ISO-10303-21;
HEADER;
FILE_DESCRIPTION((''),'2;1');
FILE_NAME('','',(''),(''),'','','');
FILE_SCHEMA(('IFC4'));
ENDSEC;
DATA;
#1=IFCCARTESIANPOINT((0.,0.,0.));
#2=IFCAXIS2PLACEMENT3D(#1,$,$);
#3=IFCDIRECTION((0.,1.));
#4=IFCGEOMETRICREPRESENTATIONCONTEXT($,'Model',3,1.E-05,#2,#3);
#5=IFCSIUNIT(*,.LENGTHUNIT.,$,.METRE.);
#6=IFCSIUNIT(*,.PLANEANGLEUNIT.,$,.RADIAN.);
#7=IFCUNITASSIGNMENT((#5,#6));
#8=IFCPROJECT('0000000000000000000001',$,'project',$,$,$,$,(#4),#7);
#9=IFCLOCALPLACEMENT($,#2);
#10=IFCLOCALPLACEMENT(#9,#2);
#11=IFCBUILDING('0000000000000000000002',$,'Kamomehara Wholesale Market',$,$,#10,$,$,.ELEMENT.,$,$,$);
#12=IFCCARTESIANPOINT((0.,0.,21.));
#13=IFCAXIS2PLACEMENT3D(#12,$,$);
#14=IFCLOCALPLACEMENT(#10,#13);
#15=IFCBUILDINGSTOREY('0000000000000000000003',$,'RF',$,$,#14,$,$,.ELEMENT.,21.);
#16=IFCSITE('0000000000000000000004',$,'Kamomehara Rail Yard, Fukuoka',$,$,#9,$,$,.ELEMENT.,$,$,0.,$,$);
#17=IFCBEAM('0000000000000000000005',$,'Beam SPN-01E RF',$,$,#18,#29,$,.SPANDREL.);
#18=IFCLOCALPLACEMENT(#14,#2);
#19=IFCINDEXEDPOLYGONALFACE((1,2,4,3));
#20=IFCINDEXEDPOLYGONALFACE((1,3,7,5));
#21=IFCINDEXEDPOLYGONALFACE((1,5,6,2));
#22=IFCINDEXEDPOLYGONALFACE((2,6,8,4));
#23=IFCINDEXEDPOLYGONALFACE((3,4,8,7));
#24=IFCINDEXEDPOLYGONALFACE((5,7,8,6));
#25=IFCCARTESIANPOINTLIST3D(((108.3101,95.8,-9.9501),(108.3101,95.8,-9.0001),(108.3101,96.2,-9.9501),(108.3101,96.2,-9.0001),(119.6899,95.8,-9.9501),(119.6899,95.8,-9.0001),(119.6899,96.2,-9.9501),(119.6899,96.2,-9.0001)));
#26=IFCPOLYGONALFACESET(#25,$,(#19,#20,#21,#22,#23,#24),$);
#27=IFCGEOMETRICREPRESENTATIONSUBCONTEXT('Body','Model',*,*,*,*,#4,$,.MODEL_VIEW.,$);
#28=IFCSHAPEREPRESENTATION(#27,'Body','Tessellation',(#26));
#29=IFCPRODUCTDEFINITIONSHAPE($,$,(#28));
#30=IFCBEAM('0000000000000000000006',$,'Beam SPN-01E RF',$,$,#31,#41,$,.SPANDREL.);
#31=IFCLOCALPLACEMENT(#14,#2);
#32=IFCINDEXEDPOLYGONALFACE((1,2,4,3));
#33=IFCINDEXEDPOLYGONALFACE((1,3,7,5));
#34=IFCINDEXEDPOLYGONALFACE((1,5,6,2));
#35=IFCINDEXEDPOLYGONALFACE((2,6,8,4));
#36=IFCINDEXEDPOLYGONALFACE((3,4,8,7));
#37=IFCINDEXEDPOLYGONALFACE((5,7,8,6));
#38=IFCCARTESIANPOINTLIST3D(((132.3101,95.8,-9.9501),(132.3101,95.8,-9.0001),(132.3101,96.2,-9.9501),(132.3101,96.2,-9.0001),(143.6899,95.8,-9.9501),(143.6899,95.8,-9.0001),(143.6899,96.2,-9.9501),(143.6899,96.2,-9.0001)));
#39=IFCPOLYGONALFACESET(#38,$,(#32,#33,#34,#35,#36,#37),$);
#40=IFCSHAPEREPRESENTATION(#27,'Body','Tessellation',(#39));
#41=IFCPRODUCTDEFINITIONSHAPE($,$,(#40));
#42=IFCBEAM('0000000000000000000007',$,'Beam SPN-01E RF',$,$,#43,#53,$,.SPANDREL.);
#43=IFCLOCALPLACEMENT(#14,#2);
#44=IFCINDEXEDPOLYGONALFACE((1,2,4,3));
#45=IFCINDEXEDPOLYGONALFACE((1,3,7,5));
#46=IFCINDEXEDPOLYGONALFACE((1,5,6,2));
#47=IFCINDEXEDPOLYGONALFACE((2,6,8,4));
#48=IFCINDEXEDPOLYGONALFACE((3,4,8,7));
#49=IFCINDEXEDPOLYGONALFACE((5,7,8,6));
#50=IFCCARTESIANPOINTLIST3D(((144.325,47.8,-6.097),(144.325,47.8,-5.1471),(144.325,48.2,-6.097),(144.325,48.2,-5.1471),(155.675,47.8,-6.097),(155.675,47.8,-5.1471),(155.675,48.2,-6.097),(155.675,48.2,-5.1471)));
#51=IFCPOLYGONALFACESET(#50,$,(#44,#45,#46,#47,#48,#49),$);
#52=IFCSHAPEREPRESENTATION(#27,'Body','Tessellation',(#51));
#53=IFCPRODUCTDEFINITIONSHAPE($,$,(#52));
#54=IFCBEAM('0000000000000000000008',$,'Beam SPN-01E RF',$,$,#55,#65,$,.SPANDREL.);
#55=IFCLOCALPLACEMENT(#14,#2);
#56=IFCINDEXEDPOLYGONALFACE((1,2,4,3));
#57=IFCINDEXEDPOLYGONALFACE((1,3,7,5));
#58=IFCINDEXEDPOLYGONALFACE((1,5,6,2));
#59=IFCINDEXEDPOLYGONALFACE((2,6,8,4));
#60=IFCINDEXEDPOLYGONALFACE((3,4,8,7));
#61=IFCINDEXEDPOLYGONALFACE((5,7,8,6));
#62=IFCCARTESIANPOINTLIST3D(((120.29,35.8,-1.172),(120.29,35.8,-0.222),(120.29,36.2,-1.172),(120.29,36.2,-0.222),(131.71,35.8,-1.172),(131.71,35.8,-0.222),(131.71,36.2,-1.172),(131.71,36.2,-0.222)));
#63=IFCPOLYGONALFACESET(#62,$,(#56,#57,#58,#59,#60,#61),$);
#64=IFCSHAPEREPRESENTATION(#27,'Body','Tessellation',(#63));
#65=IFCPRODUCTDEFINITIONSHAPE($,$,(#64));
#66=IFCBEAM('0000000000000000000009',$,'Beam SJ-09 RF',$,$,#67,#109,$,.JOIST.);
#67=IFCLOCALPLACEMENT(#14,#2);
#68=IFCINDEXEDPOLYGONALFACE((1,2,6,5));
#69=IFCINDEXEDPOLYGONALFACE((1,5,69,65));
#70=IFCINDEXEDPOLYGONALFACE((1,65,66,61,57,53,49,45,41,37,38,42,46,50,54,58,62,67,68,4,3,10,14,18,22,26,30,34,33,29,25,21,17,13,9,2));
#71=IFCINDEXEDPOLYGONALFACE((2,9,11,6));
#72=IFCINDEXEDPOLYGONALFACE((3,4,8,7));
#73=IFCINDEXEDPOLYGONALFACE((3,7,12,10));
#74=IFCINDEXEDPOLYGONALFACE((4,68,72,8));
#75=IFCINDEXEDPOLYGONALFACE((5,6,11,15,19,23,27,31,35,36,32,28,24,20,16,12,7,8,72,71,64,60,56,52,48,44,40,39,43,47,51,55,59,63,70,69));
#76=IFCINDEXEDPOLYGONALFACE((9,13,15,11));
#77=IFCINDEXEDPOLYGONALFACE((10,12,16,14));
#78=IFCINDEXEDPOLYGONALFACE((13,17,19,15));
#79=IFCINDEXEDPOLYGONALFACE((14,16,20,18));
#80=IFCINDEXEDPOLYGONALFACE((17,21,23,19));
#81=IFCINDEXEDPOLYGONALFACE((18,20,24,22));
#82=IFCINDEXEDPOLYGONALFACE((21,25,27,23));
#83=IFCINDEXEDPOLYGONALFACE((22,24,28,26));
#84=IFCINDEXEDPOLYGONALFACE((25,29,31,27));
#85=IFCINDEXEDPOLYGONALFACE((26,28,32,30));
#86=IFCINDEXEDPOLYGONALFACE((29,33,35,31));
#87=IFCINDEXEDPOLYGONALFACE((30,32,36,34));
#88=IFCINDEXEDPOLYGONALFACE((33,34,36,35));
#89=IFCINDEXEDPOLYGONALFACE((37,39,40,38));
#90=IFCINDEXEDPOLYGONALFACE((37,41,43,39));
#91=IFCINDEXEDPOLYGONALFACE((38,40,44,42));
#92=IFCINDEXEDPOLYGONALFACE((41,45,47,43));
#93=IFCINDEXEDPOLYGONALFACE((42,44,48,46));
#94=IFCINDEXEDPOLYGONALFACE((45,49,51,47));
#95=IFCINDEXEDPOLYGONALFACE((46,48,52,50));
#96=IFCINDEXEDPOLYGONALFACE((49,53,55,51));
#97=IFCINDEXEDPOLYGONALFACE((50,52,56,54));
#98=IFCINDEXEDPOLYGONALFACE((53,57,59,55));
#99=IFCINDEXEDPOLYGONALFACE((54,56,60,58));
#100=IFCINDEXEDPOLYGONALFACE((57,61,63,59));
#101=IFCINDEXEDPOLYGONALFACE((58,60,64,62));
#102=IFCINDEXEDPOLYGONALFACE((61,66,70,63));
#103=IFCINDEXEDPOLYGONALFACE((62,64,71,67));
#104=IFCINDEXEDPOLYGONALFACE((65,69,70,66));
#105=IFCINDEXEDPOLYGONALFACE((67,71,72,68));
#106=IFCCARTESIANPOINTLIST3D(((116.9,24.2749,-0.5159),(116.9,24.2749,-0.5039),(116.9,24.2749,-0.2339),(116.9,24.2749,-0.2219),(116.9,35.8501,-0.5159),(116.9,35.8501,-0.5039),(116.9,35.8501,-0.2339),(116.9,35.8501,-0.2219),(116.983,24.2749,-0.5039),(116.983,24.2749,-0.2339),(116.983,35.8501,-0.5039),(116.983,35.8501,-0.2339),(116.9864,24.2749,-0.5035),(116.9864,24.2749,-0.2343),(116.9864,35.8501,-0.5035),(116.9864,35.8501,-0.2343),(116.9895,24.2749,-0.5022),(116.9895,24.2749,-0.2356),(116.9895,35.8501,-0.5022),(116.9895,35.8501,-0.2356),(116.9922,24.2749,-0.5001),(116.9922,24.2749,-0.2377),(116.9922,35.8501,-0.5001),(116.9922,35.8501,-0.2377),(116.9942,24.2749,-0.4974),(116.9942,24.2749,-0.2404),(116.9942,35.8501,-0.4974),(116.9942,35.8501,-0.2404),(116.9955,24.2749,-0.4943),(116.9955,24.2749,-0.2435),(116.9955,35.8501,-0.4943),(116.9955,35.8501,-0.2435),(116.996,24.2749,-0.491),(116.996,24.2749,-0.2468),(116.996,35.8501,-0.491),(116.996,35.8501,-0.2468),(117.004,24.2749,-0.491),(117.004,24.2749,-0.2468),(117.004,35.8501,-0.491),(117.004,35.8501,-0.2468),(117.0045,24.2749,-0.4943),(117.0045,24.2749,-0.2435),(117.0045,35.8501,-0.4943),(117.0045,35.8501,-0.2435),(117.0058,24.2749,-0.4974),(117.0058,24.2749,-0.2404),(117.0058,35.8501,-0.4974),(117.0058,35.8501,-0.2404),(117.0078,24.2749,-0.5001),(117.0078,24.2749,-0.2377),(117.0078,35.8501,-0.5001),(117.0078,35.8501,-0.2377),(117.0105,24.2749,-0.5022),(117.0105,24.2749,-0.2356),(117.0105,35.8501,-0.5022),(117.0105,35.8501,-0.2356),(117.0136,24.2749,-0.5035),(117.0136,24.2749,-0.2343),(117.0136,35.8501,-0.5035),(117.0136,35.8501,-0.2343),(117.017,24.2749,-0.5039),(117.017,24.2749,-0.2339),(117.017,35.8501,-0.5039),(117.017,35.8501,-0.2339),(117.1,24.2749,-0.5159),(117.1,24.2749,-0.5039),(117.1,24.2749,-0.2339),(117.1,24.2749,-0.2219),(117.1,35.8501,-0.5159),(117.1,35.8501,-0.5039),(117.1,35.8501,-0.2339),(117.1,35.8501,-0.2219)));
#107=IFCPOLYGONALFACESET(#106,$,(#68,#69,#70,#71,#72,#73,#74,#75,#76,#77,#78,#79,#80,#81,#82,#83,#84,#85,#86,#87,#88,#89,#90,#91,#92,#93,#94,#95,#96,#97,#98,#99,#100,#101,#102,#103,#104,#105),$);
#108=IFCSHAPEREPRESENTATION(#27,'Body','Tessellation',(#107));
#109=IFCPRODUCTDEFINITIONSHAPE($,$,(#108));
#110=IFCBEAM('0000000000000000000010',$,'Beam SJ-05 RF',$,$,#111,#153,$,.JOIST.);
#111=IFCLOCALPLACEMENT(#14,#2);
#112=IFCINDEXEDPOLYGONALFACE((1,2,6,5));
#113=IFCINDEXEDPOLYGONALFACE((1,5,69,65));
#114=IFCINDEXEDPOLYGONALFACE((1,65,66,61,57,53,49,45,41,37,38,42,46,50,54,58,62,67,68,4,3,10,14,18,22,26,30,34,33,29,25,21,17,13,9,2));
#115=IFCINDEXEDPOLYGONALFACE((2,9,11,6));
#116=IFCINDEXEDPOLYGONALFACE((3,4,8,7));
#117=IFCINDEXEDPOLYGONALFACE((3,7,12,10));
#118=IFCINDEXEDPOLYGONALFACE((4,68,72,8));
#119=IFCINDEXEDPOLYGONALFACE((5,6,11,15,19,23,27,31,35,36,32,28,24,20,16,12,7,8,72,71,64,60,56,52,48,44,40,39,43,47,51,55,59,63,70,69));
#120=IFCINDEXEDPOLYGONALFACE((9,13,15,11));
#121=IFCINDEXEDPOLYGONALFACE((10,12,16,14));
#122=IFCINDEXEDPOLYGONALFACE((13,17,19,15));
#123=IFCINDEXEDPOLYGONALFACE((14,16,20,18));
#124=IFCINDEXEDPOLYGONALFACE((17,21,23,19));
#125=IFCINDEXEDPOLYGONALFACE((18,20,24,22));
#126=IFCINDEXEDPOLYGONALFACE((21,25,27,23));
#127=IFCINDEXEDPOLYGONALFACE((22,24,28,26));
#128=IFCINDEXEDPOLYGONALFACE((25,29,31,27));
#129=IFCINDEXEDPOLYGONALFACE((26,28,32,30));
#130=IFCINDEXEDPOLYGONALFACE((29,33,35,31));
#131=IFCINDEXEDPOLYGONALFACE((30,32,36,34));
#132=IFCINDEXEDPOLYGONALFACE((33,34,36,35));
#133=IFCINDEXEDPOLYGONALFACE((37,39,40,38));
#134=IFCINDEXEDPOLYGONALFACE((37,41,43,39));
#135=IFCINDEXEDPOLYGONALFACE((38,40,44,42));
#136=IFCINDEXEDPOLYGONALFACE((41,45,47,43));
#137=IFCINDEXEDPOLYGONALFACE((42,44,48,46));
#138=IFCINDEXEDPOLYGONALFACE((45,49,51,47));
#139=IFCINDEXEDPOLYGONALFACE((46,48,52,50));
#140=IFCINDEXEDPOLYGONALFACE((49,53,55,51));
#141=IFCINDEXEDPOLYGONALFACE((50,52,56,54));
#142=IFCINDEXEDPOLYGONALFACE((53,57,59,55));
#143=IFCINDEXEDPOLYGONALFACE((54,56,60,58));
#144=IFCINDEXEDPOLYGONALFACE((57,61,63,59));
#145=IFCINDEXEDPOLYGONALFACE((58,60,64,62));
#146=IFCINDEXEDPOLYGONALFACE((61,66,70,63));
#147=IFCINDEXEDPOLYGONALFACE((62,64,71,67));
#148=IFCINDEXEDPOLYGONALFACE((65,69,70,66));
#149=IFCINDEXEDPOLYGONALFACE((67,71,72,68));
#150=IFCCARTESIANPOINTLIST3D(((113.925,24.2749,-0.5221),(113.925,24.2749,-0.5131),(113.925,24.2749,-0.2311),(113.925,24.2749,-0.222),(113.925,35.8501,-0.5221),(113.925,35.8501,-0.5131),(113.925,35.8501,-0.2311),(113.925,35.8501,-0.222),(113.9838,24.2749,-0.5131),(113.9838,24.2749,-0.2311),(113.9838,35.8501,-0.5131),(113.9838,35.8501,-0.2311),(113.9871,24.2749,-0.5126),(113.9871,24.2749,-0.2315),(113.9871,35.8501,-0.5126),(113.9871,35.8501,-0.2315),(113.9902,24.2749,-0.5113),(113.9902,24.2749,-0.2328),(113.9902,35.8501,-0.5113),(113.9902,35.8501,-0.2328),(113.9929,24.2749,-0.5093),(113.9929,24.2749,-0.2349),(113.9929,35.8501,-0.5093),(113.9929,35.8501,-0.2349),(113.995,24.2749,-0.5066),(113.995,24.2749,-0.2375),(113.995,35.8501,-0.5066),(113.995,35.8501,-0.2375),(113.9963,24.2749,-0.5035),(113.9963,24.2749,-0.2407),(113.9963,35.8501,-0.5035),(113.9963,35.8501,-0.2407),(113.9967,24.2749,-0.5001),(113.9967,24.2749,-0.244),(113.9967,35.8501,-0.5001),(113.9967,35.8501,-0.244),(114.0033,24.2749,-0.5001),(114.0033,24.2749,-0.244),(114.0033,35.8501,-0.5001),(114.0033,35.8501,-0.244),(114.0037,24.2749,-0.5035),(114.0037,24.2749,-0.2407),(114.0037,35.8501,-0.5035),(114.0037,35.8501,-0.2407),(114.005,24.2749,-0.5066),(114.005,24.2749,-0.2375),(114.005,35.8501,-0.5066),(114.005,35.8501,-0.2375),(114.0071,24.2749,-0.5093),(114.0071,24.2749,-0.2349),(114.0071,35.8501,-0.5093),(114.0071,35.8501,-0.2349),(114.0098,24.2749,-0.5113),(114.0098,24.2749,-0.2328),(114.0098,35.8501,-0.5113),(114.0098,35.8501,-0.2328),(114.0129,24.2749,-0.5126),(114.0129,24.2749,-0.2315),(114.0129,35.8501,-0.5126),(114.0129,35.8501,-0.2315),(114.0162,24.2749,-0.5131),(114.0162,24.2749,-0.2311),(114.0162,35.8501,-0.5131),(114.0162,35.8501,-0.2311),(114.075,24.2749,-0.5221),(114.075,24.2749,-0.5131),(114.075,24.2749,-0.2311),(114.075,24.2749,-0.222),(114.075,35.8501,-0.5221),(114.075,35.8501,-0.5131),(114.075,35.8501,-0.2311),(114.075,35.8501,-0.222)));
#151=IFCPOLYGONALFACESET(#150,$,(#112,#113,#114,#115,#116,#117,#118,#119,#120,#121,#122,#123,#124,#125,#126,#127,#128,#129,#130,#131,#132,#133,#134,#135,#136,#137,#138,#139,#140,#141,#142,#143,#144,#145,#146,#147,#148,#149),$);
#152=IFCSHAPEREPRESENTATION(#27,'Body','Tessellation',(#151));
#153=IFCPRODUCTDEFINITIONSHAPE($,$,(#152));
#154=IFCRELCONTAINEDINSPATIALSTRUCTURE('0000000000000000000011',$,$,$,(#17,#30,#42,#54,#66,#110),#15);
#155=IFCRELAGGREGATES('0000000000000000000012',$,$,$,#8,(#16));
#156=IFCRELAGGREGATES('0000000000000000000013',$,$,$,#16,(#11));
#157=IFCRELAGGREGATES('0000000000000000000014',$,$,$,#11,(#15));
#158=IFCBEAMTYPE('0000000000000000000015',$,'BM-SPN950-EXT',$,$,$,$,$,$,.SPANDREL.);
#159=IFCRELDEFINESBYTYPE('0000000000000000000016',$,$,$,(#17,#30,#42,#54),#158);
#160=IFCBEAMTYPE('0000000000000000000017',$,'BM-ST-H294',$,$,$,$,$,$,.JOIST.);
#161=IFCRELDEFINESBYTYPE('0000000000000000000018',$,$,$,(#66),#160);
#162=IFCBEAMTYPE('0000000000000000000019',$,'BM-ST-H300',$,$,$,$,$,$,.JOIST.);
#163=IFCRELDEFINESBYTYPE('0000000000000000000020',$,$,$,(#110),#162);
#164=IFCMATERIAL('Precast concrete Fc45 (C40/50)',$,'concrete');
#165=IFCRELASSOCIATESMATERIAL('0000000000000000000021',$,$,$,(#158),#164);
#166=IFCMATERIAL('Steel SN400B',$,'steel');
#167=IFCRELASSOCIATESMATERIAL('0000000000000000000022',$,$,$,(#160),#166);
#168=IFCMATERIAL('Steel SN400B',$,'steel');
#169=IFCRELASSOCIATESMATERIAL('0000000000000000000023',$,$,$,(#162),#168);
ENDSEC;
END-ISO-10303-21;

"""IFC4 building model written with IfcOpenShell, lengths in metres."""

from ifc_helpers import new_model, si_unit, direction, frame, origin, origin_2d, place, context, subcontext, project, spatial, rectangle, i_section, extrude, material, material_profile, profile_set, type_object, element, save


model = new_model("IFC4")

# Units and contexts
model_context = context("Model", 3, precision=1e-05, world=origin(), true_north=direction((0.0, 1.0)))
body_context = subcontext(model_context, "Body", "Model", "MODEL_VIEW")
ifc_project = project(units=[si_unit("LENGTHUNIT", "METRE"), si_unit("PLANEANGLEUNIT", "RADIAN")], contexts=[model_context])

# Site, building, storey
site_placement = place(None, origin())
site = spatial("IfcSite", under=ifc_project, at=site_placement, Name="Kamomehara Rail Yard, Fukuoka", CompositionType="ELEMENT", RefElevation=0.0)
building_placement = place(site_placement, origin())
building = spatial("IfcBuilding", under=site, at=building_placement, Name="Kamomehara Wholesale Market", CompositionType="ELEMENT")
storey_placement = place(building_placement, frame((0.0, 0.0, 21.0)))
storey = spatial("IfcBuildingStorey", under=building, at=storey_placement, Name="RF", CompositionType="ELEMENT", Elevation=21.0)

# Beams
ifc_material_1 = material(Name="Precast concrete Fc45 (C40/50)", Category="concrete")
ifc_material_profile_1 = material_profile(ifc_material_1, rectangle(XDim=0.3999, YDim=0.95, at=origin_2d()), Name="PC-SPN-400x950")
ifc_profile_set_1 = profile_set([ifc_material_profile_1], Name="Precast concrete Fc45 (C40/50)")
beam_type_1 = type_object("IfcBeamType", Name="BM-SPN950-EXT", PredefinedType="SPANDREL", material=ifc_profile_set_1)
for number, where, z_axis, x_axis, name in (
    (1, (108.3101, 96.0, -9.4751), (1.0, 0.0, 0.0), (0.0, 1.0, 0.0), "Beam SPN-01E RF"),
    (2, (132.3101, 96.0, -9.4751), (1.0, 0.0, 0.0), (0.0, 1.0, 0.0), "Beam SPN-01E RF"),
):
    element("IfcBeam", number, at=place(storey_placement, frame(where, z_axis=z_axis, x_axis=x_axis)), inside=storey, type_object=beam_type_1, Name=name, PredefinedType="SPANDREL", context=body_context, shape_type="SweptSolid", body=[
        extrude(rectangle(XDim=0.3999, YDim=0.95, at=origin_2d()), origin(), (0.0, 0.0, 1.0), 11.3799),
    ])
beam_1_placement = place(storey_placement, frame((144.325, 48.0, -5.6221), z_axis=(1.0, 0.0, 0.0), x_axis=(0.0, 1.0, 0.0)))
element("IfcBeam", 3, at=beam_1_placement, inside=storey, type_object=beam_type_1, Name="Beam SPN-01E RF", PredefinedType="SPANDREL", context=body_context, shape_type="SweptSolid", body=[
    extrude(rectangle(XDim=0.3999, YDim=0.95, at=origin_2d()), origin(), (0.0, 0.0, 1.0), 11.3501),
])
beam_2_placement = place(storey_placement, frame((120.29, 36.0, -0.697), z_axis=(1.0, 0.0, 0.0), x_axis=(0.0, 1.0, 0.0)))
element("IfcBeam", 4, at=beam_2_placement, inside=storey, type_object=beam_type_1, Name="Beam SPN-01E RF", PredefinedType="SPANDREL", context=body_context, shape_type="SweptSolid", body=[
    extrude(rectangle(XDim=0.3999, YDim=0.95, at=origin_2d()), origin(), (0.0, 0.0, 1.0), 11.4199),
])
ifc_material_2 = material(Name="Steel SN400B", Category="steel")
ifc_material_profile_2 = material_profile(ifc_material_2, i_section(OverallWidth=0.2, OverallDepth=0.2939, WebThickness=0.0081, FlangeThickness=0.012, FilletRadius=0.0129, at=origin_2d()), Name="H-294x200x8x12")
ifc_profile_set_2 = profile_set([ifc_material_profile_2], Name="Steel SN400B")
beam_type_2 = type_object("IfcBeamType", Name="BM-ST-H294", PredefinedType="JOIST", material=ifc_profile_set_2)
beam_3_placement = place(storey_placement, frame((117.0, 24.2749, -0.3689), z_axis=(0.0, 1.0, 0.0), x_axis=(-1.0, 0.0, 0.0)))
element("IfcBeam", 5, at=beam_3_placement, inside=storey, type_object=beam_type_2, Name="Beam SJ-09 RF", PredefinedType="JOIST", context=body_context, shape_type="SweptSolid", body=[
    extrude(i_section(OverallWidth=0.2, OverallDepth=0.2939, WebThickness=0.0081, FlangeThickness=0.012, FilletRadius=0.0129, at=origin_2d()), origin(), (0.0, 0.0, 1.0), 11.5752),
])
ifc_material_3 = material(Name="Steel SN400B", Category="steel")
ifc_material_profile_3 = material_profile(ifc_material_3, i_section(OverallWidth=0.1499, OverallDepth=0.3, WebThickness=0.0066, FlangeThickness=0.009, FilletRadius=0.0129, at=origin_2d()), Name="H-300x150x6.5x9")
ifc_profile_set_3 = profile_set([ifc_material_profile_3], Name="Steel SN400B")
beam_type_3 = type_object("IfcBeamType", Name="BM-ST-H300", PredefinedType="JOIST", material=ifc_profile_set_3)
beam_4_placement = place(storey_placement, frame((114.0, 24.2749, -0.3721), z_axis=(0.0, 1.0, 0.0), x_axis=(-1.0, 0.0, 0.0)))
element("IfcBeam", 6, at=beam_4_placement, inside=storey, type_object=beam_type_3, Name="Beam SJ-05 RF", PredefinedType="JOIST", context=body_context, shape_type="SweptSolid", body=[
    extrude(i_section(OverallWidth=0.1499, OverallDepth=0.3, WebThickness=0.0066, FlangeThickness=0.009, FilletRadius=0.0129, at=origin_2d()), origin(), (0.0, 0.0, 1.0), 11.5752),
])

save(model, "model.ifc")
